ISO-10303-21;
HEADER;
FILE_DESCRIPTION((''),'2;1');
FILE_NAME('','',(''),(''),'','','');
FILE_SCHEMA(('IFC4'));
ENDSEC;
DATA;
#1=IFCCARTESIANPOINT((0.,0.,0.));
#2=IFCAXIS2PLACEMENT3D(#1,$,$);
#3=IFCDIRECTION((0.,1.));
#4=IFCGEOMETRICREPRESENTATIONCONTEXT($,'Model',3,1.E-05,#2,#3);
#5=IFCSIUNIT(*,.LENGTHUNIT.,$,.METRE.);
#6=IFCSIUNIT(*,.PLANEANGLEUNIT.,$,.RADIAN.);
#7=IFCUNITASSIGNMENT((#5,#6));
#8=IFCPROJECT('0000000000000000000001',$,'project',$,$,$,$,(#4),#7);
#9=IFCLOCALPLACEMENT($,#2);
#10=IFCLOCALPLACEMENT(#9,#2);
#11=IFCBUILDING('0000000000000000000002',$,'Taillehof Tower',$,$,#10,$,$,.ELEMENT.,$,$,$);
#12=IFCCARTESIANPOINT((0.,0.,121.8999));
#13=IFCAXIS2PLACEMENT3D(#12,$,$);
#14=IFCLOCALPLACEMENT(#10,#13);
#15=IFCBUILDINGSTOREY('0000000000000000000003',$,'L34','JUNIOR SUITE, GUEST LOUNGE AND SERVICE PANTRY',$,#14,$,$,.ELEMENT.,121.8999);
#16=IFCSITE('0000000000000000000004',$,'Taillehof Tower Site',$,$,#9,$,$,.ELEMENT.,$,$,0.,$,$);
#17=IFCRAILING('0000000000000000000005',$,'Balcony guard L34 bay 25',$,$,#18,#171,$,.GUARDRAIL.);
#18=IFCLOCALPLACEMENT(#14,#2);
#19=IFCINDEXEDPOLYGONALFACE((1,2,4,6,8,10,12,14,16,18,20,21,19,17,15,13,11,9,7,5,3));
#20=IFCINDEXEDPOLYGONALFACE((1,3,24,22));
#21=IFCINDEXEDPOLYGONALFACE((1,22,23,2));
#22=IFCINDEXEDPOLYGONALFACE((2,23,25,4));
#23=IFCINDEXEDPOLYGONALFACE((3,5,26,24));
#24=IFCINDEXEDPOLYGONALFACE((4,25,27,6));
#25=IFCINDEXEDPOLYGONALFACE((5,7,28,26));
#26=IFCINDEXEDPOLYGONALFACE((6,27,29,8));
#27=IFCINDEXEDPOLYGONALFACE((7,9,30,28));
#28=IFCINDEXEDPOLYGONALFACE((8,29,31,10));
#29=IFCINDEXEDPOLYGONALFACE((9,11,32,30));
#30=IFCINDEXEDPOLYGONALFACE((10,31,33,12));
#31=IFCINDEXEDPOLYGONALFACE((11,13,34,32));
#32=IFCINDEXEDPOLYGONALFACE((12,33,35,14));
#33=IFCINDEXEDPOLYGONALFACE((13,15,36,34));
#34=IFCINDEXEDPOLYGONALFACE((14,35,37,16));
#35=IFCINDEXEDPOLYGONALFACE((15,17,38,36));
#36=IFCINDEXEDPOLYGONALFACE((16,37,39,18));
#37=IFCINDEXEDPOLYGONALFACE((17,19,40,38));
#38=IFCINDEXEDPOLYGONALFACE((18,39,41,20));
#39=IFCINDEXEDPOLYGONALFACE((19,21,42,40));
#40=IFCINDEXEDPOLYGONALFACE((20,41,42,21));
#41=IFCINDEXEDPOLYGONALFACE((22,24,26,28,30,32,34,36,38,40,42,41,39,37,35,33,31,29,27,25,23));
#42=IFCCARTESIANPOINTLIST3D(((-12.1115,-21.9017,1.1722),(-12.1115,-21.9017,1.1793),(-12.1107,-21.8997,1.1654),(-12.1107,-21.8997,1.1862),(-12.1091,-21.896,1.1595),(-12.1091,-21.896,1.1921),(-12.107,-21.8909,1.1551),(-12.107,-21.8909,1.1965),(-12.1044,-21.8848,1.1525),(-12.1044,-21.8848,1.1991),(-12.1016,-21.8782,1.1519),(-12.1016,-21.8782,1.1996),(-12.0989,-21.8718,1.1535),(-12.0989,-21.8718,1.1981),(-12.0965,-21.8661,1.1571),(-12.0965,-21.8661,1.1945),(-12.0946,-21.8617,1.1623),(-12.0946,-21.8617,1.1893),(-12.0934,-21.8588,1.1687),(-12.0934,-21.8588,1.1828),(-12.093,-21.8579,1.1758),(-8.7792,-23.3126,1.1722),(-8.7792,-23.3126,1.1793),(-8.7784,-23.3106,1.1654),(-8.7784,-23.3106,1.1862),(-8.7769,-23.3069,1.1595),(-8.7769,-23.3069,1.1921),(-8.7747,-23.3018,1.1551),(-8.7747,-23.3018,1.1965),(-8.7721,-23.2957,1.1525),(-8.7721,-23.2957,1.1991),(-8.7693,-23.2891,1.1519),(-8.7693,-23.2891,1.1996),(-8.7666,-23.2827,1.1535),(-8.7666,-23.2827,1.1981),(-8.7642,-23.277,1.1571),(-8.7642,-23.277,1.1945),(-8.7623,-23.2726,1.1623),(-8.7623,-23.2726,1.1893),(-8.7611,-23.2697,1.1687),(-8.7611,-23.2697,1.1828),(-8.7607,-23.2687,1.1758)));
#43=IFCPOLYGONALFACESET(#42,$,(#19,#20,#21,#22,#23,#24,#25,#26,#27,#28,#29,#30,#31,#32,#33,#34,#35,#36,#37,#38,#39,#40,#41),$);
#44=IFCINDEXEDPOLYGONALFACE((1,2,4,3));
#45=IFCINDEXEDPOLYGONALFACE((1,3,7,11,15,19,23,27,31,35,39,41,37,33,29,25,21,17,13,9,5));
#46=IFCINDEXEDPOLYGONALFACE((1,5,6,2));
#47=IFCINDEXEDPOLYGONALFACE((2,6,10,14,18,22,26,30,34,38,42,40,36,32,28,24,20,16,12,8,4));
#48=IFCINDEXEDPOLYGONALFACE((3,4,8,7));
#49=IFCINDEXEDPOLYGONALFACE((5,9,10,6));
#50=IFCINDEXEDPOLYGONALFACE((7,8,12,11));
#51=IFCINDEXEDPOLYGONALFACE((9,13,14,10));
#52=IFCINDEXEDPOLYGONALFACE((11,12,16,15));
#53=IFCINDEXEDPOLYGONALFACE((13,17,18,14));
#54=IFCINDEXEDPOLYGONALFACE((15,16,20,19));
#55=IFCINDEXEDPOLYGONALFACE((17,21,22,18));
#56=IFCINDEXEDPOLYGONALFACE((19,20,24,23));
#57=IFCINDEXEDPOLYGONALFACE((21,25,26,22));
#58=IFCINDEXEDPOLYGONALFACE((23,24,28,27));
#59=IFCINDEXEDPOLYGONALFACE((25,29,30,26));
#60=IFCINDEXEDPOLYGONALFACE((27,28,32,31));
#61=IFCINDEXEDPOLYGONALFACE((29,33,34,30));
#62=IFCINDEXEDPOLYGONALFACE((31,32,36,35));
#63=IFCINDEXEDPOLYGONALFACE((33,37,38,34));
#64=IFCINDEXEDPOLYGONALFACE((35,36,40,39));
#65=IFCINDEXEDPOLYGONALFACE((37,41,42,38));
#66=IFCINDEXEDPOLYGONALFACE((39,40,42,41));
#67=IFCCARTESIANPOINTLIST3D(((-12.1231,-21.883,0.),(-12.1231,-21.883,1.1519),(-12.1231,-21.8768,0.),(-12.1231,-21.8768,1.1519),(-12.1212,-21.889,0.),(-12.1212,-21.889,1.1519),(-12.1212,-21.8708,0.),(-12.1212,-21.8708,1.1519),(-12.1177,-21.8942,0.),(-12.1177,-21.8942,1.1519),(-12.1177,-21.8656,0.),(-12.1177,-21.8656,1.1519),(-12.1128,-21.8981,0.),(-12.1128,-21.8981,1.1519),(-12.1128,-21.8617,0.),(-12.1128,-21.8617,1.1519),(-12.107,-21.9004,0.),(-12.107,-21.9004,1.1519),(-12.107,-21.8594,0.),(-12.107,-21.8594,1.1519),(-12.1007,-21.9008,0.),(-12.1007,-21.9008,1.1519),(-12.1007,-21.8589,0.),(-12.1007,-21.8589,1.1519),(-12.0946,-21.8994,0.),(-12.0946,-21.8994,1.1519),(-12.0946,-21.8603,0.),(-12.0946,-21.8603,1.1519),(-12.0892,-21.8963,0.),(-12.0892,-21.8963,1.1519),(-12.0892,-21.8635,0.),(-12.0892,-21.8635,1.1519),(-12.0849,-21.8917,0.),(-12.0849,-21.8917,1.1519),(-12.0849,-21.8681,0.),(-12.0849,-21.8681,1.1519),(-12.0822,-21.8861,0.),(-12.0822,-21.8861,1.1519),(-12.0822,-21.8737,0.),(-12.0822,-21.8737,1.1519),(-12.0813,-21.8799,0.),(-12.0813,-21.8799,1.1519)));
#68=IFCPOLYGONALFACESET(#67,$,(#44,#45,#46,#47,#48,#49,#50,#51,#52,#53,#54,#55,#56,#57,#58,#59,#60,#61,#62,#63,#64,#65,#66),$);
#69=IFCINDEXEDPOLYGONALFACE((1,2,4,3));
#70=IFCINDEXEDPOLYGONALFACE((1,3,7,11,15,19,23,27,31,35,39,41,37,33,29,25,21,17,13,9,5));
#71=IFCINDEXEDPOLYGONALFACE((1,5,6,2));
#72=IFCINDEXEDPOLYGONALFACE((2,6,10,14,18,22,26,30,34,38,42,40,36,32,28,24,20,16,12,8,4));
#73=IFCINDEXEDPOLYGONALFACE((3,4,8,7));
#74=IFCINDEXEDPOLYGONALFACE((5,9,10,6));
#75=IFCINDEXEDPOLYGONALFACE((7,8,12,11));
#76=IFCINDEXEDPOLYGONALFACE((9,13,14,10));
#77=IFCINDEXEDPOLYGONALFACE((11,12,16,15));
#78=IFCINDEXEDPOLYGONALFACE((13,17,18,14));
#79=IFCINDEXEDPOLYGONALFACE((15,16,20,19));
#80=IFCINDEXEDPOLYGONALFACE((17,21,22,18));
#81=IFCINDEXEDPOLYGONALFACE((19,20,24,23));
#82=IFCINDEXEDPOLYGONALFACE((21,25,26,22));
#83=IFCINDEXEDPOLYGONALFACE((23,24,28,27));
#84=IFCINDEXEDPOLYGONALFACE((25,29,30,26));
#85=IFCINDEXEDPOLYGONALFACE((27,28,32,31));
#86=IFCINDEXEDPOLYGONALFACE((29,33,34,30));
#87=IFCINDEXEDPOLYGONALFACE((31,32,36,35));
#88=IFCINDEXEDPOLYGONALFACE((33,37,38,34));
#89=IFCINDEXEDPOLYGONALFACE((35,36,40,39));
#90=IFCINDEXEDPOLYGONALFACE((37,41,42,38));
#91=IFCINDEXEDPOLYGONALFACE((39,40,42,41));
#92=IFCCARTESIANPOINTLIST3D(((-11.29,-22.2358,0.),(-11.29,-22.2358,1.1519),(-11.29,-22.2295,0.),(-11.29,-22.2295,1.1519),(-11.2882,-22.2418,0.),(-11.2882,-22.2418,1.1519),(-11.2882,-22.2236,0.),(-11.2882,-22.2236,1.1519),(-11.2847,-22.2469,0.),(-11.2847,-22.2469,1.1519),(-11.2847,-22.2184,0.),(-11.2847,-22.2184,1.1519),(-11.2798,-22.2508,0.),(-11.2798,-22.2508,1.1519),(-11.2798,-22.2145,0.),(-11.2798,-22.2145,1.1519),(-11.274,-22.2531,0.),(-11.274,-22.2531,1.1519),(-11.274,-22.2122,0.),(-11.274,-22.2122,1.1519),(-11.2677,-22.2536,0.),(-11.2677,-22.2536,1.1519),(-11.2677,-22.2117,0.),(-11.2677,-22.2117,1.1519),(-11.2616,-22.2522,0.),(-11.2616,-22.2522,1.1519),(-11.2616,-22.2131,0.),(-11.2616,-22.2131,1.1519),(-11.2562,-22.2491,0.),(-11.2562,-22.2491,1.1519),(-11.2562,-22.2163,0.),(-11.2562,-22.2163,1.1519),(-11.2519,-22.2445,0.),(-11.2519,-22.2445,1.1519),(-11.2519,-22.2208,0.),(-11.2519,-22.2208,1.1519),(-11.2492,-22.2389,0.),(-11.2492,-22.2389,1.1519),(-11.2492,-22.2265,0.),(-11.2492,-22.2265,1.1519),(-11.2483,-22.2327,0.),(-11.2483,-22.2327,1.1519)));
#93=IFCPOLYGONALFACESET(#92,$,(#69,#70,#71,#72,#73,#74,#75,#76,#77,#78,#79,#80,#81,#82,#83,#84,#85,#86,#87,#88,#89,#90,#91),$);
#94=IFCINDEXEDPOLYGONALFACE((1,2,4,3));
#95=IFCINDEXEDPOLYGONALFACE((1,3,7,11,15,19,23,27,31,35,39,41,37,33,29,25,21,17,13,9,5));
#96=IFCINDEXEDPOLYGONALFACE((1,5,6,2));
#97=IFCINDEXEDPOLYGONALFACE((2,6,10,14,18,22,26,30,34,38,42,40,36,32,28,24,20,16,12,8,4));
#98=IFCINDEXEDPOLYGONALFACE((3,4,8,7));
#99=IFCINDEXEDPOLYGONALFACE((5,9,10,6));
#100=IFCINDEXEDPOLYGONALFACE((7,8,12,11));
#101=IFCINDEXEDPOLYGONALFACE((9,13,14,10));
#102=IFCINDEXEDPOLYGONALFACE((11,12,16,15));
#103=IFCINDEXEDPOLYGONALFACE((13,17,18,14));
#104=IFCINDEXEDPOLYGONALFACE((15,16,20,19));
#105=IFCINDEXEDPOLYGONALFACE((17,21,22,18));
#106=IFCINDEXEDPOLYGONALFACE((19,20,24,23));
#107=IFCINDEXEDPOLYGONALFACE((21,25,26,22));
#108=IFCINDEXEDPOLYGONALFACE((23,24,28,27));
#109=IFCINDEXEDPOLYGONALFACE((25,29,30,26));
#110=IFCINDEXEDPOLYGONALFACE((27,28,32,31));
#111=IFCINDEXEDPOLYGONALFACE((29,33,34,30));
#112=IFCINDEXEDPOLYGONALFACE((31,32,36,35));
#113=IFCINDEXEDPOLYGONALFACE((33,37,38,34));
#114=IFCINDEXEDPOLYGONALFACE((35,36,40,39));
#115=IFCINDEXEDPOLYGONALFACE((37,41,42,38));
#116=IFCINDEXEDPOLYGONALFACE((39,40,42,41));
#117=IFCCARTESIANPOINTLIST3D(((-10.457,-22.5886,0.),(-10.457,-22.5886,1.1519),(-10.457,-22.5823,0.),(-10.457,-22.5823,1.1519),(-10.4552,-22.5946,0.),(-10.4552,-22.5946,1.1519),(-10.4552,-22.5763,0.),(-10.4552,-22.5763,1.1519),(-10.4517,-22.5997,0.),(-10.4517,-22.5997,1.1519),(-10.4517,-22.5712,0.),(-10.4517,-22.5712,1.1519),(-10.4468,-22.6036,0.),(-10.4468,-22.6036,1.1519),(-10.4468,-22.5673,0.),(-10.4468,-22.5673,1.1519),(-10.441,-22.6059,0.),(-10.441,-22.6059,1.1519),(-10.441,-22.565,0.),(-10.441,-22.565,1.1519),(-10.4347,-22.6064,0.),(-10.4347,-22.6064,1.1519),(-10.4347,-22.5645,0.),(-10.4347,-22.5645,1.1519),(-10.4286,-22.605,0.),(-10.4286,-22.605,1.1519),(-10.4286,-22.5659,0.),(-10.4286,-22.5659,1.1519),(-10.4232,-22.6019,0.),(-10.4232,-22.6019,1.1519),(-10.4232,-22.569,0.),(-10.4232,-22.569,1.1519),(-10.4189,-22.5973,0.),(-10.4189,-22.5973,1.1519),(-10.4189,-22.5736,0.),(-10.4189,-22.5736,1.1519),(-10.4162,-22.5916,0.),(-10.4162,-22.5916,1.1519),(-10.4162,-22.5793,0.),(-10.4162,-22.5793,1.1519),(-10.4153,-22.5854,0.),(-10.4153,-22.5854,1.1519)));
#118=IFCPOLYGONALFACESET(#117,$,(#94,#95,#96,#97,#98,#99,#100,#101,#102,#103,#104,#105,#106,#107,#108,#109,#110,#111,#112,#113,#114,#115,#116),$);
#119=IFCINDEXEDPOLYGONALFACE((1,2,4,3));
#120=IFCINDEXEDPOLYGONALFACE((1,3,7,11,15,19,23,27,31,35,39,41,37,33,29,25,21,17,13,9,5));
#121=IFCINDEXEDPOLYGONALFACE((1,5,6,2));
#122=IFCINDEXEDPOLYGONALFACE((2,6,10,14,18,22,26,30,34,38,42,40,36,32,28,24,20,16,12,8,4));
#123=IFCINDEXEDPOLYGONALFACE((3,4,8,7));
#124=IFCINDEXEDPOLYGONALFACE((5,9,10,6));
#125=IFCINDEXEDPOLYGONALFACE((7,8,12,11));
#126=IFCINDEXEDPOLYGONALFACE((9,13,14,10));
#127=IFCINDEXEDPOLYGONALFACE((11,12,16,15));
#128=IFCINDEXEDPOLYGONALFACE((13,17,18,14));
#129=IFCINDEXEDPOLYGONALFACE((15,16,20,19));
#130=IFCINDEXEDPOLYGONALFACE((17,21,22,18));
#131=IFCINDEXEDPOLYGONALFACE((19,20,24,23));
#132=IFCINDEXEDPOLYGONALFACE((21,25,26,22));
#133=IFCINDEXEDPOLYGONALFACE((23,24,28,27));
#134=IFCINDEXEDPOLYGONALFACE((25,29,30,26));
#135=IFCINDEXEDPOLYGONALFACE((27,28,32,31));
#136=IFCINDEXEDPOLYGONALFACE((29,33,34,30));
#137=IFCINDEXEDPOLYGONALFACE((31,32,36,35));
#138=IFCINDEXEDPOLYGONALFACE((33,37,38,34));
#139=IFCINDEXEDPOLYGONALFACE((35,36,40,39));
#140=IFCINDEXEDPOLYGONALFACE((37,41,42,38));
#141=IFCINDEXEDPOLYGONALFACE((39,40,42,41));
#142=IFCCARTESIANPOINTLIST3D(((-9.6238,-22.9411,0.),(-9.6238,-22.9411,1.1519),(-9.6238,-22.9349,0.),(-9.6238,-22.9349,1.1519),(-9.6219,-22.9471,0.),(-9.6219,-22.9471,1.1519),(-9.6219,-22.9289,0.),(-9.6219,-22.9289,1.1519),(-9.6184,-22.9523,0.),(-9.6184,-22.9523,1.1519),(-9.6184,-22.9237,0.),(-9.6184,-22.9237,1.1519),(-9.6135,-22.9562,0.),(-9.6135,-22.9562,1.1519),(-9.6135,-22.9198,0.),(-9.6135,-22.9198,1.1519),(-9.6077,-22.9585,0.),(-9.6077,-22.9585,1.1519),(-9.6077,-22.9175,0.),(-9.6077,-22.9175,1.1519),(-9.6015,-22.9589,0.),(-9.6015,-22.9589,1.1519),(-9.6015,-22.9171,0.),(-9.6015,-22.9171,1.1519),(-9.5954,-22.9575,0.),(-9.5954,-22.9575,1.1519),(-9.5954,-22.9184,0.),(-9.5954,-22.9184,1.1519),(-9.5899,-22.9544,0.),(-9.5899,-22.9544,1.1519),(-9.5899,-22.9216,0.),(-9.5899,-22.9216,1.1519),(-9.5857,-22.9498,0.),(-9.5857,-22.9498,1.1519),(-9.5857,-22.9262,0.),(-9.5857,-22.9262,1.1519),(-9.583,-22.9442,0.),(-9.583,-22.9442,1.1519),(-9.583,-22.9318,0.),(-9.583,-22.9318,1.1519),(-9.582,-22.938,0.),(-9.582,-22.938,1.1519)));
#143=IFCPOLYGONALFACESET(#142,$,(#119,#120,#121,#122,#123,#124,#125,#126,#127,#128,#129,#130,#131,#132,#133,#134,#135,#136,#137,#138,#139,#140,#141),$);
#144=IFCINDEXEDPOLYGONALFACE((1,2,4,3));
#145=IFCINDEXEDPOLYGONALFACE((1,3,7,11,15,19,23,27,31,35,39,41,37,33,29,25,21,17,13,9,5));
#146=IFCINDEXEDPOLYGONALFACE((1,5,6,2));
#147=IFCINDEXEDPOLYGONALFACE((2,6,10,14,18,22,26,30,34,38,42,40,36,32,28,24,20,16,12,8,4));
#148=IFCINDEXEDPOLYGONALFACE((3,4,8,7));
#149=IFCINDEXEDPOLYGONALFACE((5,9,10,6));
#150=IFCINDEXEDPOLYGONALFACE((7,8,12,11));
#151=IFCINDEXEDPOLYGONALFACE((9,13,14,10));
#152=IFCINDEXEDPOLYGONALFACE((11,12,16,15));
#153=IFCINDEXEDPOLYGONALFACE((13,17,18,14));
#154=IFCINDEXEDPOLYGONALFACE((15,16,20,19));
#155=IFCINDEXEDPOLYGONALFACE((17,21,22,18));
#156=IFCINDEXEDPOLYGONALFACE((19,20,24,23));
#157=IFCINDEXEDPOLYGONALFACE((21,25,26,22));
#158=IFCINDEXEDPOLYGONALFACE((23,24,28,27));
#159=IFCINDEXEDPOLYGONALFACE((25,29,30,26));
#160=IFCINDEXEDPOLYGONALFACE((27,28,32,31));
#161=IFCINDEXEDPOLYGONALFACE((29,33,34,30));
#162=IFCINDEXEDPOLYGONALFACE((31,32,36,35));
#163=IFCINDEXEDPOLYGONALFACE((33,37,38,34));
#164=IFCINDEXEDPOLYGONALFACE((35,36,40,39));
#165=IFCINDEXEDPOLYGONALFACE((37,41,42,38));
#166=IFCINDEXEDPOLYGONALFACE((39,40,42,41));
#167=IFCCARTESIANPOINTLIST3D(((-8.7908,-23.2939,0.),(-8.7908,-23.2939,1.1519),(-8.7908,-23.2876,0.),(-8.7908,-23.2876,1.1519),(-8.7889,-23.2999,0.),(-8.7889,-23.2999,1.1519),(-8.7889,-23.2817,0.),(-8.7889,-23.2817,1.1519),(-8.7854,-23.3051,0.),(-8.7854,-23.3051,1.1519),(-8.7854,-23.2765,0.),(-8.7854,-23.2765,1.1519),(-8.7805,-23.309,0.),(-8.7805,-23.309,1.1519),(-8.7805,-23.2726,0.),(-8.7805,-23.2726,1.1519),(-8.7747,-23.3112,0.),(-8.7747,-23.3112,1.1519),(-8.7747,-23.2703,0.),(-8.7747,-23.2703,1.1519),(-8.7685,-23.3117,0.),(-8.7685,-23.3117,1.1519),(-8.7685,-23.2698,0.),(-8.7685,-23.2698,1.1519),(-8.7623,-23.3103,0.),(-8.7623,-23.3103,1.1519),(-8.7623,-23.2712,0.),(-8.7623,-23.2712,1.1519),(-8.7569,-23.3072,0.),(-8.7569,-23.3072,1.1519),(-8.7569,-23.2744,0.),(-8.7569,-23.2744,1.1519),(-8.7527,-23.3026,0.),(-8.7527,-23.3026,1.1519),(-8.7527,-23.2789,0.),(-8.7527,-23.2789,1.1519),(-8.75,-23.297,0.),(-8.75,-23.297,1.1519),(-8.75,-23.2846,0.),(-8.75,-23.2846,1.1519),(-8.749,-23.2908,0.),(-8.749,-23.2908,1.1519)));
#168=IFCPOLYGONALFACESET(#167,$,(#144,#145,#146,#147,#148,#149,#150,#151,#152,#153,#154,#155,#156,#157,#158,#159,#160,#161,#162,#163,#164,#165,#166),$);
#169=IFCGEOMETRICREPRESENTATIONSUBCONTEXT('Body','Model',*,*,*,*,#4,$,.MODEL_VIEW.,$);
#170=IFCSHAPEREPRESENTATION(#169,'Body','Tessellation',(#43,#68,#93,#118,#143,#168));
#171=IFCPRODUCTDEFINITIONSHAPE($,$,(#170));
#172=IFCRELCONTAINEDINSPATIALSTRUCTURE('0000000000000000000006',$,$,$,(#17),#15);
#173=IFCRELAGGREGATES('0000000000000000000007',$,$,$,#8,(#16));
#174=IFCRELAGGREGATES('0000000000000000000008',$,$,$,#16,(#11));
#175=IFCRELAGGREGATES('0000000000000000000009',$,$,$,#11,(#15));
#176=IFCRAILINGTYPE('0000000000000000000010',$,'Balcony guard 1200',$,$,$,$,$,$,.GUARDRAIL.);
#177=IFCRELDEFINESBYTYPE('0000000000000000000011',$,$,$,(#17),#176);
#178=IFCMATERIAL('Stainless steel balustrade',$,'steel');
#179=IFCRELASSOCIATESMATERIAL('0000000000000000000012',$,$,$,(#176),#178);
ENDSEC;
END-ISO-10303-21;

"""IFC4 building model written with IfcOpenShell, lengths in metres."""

from ifc_helpers import new_model, si_unit, direction, frame, origin, origin_2d, place, context, subcontext, project, spatial, circle, extrude, material, type_object, element, save


model = new_model("IFC4")

# Units and contexts
model_context = context("Model", 3, precision=1e-05, world=origin(), true_north=direction((0.0, 1.0)))
body_context = subcontext(model_context, "Body", "Model", "MODEL_VIEW")
ifc_project = project(units=[si_unit("LENGTHUNIT", "METRE"), si_unit("PLANEANGLEUNIT", "RADIAN")], contexts=[model_context])

# Site, building, storey
site_placement = place(None, origin())
site = spatial("IfcSite", under=ifc_project, at=site_placement, Name="Taillehof Tower Site", CompositionType="ELEMENT", RefElevation=0.0)
building_placement = place(site_placement, origin())
building = spatial("IfcBuilding", under=site, at=building_placement, Name="Taillehof Tower", CompositionType="ELEMENT")
storey_placement = place(building_placement, frame((0.0, 0.0, 121.8999)))
storey = spatial("IfcBuildingStorey", under=building, at=storey_placement, Name="L34", Description="JUNIOR SUITE, GUEST LOUNGE AND SERVICE PANTRY", CompositionType="ELEMENT", Elevation=121.8999)

# Railing
ifc_material_1 = material(Name="Stainless steel balustrade", Category="steel")
railing_type = type_object("IfcRailingType", Name="Balcony guard 1200", PredefinedType="GUARDRAIL", material=ifc_material_1)
railing_1_placement = place(storey_placement, frame((-12.1023, -21.8799, 0.0)))
element("IfcRailing", 1, at=railing_1_placement, inside=storey, type_object=railing_type, Name="Balcony guard L34 bay 25", PredefinedType="GUARDRAIL", context=body_context, shape_type="SweptSolid", body=[
    extrude(circle(Radius=0.0239, at=origin_2d()), frame((0.0, 0.0, 1.1758), z_axis=(0.92086, -0.389893, 0.0), x_axis=(0.389893, 0.92086, 0.0)), (0.0, 0.0, 1.0), 3.6187),
    extrude(circle(Radius=0.021, at=origin_2d()), origin(), (0.0, 0.0, 1.0), 1.1519),
    extrude(circle(Radius=0.021, at=origin_2d()), frame((0.833, -0.3528, 0.0)), (0.0, 0.0, 1.0), 1.1519),
    extrude(circle(Radius=0.021, at=origin_2d()), frame((1.666, -0.7056, 0.0)), (0.0, 0.0, 1.0), 1.1519),
    extrude(circle(Radius=0.021, at=origin_2d()), frame((2.4993, -1.0581, 0.0)), (0.0, 0.0, 1.0), 1.1519),
    extrude(circle(Radius=0.021, at=origin_2d()), frame((3.3323, -1.4109, 0.0)), (0.0, 0.0, 1.0), 1.1519),
])

save(model, "model.ifc")
